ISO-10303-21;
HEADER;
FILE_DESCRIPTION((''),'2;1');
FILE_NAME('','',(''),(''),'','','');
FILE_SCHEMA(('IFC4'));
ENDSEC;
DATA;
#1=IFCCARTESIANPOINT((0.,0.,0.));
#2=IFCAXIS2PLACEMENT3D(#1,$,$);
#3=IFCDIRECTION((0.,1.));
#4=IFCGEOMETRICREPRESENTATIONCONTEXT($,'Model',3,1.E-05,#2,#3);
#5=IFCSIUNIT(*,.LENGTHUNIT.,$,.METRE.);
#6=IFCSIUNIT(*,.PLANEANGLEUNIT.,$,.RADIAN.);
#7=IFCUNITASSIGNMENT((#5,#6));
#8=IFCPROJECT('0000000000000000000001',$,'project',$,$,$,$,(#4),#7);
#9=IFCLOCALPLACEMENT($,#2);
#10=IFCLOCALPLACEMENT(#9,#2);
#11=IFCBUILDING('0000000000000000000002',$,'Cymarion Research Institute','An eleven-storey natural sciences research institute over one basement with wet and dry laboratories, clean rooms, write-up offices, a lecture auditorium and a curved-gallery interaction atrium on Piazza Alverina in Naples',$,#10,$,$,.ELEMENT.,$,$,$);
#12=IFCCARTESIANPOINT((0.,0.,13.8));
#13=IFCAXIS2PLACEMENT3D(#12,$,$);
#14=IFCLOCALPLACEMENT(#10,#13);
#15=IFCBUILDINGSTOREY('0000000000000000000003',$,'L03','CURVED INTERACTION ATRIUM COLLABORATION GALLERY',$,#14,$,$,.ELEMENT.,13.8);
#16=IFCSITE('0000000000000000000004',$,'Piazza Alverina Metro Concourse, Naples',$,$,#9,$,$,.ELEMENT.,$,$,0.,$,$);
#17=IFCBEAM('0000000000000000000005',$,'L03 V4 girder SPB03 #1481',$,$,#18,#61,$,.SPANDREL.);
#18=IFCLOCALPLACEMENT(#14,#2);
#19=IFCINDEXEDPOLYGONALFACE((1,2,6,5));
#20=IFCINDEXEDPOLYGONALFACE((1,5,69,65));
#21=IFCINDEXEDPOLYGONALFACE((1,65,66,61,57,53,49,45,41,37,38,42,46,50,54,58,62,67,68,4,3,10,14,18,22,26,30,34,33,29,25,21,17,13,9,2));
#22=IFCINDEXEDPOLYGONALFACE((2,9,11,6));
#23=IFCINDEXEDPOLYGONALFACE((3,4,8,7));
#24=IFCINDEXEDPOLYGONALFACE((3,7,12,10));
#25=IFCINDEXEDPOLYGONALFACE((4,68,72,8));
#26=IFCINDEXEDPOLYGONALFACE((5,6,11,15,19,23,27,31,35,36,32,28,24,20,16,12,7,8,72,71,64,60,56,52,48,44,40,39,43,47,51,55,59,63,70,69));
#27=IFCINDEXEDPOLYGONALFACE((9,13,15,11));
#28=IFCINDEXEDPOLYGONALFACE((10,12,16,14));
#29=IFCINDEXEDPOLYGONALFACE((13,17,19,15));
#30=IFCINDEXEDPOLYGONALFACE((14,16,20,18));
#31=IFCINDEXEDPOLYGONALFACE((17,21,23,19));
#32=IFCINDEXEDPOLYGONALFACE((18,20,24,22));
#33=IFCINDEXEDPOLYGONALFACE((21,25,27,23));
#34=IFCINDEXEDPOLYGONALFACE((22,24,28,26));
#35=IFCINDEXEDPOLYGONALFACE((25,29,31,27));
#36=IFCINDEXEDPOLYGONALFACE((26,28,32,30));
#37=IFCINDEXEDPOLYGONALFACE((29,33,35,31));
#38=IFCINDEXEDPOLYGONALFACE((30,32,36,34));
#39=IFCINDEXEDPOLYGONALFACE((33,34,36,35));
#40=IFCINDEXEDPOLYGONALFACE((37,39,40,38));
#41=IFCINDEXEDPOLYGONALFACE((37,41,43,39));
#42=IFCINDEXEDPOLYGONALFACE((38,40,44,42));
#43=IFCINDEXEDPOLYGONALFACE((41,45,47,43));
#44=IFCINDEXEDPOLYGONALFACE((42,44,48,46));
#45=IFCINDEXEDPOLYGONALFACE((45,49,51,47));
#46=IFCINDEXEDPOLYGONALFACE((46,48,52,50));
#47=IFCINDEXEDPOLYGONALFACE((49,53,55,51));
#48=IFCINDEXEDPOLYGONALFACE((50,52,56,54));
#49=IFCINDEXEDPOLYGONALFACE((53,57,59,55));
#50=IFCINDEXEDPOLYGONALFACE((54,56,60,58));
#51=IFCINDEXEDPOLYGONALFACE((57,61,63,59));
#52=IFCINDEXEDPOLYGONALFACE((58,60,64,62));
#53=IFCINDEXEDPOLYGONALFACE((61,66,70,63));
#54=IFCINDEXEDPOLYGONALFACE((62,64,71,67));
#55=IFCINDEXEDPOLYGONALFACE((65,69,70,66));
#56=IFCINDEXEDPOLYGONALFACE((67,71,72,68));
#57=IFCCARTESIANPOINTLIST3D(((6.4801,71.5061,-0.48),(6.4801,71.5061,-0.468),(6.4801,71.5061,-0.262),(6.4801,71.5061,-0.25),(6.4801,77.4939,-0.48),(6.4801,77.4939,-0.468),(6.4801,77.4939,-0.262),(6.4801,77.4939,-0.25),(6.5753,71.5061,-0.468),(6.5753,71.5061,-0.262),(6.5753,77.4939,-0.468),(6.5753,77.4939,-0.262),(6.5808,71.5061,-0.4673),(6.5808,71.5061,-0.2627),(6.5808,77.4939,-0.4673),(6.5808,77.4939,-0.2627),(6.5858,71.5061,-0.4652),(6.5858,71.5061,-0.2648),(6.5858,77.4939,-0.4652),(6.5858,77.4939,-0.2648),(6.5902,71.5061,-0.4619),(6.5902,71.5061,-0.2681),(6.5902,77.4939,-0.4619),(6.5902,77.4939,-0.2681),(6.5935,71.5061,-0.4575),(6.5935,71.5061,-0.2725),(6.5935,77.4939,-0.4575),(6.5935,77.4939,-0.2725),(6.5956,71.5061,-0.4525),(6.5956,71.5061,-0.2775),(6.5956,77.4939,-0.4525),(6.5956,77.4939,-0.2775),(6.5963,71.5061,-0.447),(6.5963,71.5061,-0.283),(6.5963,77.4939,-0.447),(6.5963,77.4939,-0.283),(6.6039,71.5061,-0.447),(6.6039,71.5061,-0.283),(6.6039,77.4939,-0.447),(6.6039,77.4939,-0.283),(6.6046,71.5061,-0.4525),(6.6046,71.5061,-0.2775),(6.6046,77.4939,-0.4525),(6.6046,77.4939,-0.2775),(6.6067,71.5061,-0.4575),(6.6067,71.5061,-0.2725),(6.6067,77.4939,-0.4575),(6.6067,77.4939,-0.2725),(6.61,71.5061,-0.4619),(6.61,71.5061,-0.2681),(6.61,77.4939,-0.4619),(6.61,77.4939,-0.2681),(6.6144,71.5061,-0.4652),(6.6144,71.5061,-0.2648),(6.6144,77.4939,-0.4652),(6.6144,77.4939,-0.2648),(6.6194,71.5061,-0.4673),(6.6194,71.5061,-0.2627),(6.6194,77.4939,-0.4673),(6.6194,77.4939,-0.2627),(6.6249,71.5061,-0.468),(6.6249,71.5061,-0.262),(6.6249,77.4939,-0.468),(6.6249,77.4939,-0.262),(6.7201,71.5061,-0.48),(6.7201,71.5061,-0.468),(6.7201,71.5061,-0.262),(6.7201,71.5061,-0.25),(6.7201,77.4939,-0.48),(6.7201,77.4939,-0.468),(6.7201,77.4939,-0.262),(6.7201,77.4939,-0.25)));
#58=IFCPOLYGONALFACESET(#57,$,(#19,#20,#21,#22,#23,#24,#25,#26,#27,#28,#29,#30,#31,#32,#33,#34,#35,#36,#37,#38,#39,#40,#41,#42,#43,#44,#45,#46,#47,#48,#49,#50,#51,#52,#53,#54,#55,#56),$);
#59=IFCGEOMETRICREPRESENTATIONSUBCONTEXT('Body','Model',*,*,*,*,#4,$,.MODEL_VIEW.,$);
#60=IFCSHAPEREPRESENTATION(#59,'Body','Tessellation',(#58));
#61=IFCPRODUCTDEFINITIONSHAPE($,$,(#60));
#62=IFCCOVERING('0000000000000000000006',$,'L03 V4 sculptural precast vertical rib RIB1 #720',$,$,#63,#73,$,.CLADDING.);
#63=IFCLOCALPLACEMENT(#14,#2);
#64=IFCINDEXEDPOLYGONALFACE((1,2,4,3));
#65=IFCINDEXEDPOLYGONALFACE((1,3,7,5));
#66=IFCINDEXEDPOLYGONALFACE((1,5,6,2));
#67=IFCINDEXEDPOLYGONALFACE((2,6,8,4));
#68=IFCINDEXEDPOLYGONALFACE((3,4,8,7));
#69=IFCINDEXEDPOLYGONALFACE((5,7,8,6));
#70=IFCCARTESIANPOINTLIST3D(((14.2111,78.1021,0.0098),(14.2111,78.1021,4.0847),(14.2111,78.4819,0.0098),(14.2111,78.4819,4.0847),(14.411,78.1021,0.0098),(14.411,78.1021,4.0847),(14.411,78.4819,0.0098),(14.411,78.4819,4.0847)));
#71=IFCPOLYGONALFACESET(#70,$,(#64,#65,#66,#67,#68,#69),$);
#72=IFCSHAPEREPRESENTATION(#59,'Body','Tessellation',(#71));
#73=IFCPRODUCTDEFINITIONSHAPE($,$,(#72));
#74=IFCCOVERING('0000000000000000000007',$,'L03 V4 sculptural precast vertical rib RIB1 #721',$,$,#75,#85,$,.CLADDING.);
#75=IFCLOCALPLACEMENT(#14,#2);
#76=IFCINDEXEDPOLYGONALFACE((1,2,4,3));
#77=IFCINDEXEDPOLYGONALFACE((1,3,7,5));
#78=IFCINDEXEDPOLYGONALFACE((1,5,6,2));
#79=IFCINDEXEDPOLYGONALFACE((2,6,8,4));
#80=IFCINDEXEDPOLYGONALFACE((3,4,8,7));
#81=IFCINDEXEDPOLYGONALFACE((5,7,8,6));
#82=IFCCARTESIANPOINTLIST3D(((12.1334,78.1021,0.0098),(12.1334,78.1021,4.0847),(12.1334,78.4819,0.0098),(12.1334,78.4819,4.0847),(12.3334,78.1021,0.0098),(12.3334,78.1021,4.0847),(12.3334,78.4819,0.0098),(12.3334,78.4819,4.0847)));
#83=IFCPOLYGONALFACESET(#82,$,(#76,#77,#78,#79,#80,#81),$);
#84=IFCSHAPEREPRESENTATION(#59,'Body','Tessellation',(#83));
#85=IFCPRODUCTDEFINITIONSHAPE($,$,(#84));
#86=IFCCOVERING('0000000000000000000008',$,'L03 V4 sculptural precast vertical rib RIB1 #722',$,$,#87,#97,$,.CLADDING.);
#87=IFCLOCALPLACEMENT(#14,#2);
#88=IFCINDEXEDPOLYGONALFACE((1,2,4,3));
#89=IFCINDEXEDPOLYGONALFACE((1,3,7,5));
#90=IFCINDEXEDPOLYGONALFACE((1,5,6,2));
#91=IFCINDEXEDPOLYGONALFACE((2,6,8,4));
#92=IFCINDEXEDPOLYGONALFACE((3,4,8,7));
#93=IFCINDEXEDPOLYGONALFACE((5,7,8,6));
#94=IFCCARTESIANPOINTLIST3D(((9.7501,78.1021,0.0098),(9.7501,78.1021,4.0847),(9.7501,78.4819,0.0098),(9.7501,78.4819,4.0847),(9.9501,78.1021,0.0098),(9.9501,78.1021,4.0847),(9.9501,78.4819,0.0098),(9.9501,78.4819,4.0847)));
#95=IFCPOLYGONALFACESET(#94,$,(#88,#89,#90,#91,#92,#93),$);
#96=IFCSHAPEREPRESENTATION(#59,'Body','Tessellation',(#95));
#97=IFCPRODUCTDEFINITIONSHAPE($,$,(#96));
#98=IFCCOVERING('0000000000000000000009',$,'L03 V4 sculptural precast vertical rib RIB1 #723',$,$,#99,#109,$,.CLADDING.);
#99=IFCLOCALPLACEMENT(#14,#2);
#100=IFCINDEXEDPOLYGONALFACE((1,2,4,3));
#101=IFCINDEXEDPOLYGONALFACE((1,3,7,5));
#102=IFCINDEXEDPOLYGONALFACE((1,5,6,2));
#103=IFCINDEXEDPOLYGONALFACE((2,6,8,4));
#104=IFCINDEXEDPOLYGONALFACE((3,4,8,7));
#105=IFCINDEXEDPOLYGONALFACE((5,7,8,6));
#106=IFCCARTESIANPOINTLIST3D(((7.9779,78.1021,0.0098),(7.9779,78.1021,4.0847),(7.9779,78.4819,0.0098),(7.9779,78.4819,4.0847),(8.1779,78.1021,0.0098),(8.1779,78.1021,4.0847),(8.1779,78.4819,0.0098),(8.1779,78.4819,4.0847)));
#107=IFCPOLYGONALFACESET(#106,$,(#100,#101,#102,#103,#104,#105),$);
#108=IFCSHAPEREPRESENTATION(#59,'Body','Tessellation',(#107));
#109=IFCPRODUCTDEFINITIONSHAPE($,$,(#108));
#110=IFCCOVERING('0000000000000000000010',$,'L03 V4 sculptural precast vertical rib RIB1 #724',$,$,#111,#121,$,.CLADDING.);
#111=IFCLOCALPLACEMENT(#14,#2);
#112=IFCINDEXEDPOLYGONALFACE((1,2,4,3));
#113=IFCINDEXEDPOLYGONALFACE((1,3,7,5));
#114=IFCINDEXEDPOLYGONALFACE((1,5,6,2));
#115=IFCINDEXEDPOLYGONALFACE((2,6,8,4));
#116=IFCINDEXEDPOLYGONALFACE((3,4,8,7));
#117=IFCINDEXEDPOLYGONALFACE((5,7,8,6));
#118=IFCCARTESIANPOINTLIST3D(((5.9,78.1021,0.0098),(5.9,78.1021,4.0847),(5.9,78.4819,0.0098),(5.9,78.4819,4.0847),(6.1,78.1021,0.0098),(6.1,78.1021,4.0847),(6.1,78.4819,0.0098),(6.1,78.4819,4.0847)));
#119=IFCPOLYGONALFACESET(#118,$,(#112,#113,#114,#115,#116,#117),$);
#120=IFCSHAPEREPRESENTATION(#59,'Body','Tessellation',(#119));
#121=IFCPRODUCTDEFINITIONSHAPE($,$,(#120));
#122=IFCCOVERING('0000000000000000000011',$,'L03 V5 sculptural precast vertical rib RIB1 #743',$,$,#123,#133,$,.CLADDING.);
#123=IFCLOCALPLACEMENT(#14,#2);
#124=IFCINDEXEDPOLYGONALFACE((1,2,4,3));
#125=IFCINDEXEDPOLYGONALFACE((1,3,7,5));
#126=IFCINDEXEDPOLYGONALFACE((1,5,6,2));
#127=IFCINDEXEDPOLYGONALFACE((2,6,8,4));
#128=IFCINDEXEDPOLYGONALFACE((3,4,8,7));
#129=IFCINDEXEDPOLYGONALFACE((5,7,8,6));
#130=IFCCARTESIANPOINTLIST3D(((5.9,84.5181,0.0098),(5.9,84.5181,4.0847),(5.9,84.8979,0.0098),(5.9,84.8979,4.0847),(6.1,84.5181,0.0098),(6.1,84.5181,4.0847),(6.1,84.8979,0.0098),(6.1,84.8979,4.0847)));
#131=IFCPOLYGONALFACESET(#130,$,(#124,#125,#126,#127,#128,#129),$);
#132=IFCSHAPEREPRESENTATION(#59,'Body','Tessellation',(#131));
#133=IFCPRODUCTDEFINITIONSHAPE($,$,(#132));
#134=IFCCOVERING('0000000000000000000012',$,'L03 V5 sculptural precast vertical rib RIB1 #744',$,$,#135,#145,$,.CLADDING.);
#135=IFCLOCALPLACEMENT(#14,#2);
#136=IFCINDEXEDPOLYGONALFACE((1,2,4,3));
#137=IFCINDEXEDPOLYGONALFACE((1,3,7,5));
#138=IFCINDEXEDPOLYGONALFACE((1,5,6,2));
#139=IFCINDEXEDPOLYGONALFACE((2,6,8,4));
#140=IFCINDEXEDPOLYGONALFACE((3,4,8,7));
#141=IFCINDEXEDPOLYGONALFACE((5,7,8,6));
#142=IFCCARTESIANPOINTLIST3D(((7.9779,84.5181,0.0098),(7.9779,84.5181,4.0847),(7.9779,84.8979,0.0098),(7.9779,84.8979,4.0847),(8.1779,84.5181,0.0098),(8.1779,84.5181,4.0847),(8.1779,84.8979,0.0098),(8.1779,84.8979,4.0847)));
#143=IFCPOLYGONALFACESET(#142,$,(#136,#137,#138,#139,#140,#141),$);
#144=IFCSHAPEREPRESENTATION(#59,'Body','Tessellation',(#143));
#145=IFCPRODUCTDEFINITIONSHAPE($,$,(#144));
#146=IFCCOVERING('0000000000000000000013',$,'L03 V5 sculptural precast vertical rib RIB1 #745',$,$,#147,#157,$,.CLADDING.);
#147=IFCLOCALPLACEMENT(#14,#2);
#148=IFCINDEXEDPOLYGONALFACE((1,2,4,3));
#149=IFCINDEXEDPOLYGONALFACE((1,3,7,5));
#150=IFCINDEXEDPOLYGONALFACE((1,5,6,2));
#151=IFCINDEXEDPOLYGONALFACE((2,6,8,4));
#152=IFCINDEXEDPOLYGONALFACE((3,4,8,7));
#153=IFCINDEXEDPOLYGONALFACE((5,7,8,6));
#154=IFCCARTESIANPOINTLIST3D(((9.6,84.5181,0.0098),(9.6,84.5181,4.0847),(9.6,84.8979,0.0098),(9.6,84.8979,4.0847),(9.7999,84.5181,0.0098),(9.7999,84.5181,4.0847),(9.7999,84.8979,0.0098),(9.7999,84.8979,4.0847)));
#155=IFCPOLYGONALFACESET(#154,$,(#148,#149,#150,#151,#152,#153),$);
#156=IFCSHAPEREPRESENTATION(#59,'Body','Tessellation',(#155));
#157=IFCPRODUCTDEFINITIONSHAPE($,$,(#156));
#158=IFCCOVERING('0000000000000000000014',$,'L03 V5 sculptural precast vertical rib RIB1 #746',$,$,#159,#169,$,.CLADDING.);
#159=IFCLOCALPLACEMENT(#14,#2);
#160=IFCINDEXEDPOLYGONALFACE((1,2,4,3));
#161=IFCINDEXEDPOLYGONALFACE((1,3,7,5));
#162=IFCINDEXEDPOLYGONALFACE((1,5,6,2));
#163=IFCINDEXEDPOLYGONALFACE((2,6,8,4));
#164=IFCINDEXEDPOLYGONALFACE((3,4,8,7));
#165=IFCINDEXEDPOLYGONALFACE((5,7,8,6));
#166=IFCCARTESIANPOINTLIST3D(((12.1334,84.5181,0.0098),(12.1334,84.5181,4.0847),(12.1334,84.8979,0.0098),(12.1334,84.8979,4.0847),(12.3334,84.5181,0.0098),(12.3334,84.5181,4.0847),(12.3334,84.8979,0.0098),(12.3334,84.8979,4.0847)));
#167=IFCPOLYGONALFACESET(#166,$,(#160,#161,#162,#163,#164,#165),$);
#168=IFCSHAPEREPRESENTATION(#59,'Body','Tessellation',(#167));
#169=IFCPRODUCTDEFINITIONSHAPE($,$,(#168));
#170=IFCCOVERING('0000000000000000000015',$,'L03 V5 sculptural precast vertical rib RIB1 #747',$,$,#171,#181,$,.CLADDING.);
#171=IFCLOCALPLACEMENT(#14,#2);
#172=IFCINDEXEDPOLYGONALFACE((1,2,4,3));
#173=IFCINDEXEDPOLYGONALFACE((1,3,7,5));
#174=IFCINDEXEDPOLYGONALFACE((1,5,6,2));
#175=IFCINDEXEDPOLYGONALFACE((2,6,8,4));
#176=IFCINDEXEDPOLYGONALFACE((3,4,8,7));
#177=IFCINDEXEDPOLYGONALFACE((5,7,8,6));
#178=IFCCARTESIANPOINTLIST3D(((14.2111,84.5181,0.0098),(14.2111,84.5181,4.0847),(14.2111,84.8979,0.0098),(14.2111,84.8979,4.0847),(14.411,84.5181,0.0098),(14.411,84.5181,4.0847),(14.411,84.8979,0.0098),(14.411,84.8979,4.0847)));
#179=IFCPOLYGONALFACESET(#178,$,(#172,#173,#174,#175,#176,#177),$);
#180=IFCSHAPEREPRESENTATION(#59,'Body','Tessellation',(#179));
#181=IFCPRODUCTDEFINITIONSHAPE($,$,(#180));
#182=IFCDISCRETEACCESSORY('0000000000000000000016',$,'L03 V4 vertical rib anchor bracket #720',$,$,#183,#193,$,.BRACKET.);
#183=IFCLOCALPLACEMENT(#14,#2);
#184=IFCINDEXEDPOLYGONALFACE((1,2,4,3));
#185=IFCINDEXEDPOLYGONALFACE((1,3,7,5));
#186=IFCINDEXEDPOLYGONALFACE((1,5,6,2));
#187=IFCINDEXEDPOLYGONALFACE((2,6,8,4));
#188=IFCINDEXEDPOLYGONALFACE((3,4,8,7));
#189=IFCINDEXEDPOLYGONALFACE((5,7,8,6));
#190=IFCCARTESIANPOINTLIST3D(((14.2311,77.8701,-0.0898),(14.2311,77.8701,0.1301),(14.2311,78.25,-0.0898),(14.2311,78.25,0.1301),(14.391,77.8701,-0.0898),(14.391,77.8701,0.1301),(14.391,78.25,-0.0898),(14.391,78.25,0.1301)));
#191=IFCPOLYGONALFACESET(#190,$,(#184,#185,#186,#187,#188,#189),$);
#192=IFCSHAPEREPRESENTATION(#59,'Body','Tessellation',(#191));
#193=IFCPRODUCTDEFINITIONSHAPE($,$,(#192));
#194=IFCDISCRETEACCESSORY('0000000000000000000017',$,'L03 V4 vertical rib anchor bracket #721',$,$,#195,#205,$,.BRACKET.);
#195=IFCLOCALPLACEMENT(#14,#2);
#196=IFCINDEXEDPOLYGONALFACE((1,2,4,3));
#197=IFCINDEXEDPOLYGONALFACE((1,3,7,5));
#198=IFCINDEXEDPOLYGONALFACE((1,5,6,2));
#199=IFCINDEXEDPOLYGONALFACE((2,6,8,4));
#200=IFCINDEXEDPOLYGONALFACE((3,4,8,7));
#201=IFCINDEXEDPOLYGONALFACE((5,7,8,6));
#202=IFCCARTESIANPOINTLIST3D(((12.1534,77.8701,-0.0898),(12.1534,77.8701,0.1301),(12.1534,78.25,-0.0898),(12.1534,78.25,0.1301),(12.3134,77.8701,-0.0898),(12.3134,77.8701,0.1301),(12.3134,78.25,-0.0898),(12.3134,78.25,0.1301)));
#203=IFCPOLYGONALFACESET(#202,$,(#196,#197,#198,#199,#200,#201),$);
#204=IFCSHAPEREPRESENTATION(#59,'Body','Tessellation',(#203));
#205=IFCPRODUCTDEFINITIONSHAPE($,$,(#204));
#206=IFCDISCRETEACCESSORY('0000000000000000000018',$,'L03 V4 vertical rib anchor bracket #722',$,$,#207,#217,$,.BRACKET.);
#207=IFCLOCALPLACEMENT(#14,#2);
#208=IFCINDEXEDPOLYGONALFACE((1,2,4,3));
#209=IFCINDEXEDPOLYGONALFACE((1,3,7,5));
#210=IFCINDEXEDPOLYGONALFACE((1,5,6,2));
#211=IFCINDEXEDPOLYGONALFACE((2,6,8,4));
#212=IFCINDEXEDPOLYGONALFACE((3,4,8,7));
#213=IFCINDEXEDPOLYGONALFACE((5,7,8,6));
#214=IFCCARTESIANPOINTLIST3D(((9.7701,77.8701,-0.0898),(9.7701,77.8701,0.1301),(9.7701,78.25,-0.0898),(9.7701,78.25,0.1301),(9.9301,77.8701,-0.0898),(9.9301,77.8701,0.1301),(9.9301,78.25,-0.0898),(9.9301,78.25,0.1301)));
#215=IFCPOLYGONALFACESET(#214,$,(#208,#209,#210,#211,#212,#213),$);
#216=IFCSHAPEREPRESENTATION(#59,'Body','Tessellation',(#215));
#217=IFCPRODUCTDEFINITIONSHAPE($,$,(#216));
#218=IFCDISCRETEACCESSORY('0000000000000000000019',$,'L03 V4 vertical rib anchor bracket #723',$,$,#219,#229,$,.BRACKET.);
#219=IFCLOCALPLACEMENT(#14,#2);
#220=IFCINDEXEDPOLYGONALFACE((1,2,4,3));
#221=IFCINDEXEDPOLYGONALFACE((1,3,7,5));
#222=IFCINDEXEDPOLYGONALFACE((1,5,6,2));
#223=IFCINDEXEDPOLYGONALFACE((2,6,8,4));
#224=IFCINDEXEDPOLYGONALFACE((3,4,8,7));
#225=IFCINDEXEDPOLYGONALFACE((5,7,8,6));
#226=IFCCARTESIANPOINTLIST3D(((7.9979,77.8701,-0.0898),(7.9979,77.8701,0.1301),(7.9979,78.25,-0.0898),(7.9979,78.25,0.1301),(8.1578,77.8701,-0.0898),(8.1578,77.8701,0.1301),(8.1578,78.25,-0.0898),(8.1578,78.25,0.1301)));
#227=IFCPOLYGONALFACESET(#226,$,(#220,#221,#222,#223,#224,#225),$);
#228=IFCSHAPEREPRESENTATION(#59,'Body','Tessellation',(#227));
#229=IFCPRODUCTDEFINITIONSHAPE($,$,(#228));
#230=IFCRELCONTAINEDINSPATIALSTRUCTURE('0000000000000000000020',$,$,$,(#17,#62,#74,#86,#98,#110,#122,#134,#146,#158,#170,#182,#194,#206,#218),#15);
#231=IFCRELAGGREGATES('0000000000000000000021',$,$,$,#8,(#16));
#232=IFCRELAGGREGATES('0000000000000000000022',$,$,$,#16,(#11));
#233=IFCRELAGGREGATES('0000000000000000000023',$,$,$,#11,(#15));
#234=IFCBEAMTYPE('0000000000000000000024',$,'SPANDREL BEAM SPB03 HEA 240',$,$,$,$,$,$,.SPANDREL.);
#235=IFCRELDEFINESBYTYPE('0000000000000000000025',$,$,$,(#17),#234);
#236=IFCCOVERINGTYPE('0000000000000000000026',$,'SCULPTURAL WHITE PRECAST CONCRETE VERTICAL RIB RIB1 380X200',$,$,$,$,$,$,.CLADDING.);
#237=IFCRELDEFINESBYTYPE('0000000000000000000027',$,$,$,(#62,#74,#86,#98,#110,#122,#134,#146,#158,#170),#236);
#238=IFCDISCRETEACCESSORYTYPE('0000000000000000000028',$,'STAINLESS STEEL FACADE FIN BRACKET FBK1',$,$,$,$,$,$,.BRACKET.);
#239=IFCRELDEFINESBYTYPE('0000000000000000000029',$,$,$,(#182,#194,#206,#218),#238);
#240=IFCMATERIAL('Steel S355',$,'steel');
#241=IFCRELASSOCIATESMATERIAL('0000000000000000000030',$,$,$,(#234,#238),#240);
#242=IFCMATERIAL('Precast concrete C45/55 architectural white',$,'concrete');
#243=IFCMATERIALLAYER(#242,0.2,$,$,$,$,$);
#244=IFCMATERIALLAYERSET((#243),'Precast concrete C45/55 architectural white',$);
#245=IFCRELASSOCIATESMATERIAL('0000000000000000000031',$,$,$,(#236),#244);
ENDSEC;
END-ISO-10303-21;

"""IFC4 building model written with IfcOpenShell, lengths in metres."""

from ifc_helpers import new_model, si_unit, direction, frame, origin, origin_2d, place, context, subcontext, project, spatial, rectangle, i_section, extrude, material, layer, layer_set, material_profile, profile_set, type_object, element, save


model = new_model("IFC4")

# Units and contexts
model_context = context("Model", 3, precision=1e-05, world=origin(), true_north=direction((0.0, 1.0)))
body_context = subcontext(model_context, "Body", "Model", "MODEL_VIEW")
ifc_project = project(units=[si_unit("LENGTHUNIT", "METRE"), si_unit("PLANEANGLEUNIT", "RADIAN")], contexts=[model_context])

# Site, building, storey
site_placement = place(None, origin())
site = spatial("IfcSite", under=ifc_project, at=site_placement, Name="Piazza Alverina Metro Concourse, Naples", CompositionType="ELEMENT", RefElevation=0.0)
building_placement = place(site_placement, origin())
building = spatial("IfcBuilding", under=site, at=building_placement, Name="Cymarion Research Institute", Description="An eleven-storey natural sciences research institute over one basement with wet and dry laboratories, clean rooms, write-up offices, a lecture auditorium and a curved-gallery interaction atrium on Piazza Alverina in Naples", CompositionType="ELEMENT")
storey_placement = place(building_placement, frame((0.0, 0.0, 13.8)))
storey = spatial("IfcBuildingStorey", under=building, at=storey_placement, Name="L03", Description="CURVED INTERACTION ATRIUM COLLABORATION GALLERY", CompositionType="ELEMENT", Elevation=13.8)

# Shared definitions
ifc_material_1 = material(Name="Steel S355", Category="steel")

# Beam
ifc_material_profile_1 = material_profile(ifc_material_1, i_section(OverallWidth=0.24, OverallDepth=0.23, WebThickness=0.0076, FlangeThickness=0.012, FilletRadius=0.021, at=origin_2d()), Name="HEA 240")
ifc_profile_set_1 = profile_set([ifc_material_profile_1], Name="Steel S355")
beam_type_1 = type_object("IfcBeamType", Name="SPANDREL BEAM SPB03 HEA 240", PredefinedType="SPANDREL", material=ifc_profile_set_1)
beam_1_placement = place(storey_placement, frame((6.6001, 71.5061, -0.365), z_axis=(0.0, 1.0, 0.0), x_axis=(-1.0, 0.0, 0.0)))
element("IfcBeam", 1, at=beam_1_placement, inside=storey, type_object=beam_type_1, Name="L03 V4 girder SPB03 #1481", PredefinedType="SPANDREL", context=body_context, shape_type="SweptSolid", body=[
    extrude(i_section(OverallWidth=0.24, OverallDepth=0.23, WebThickness=0.0076, FlangeThickness=0.012, FilletRadius=0.021, at=origin_2d()), origin(), (0.0, 0.0, 1.0), 5.9878),
])

# Coverings
ifc_material_2 = material(Name="Precast concrete C45/55 architectural white", Category="concrete")
ifc_layer = layer(ifc_material_2, 0.2)
ifc_layer_set = layer_set([ifc_layer], Name="Precast concrete C45/55 architectural white")
covering_type = type_object("IfcCoveringType", Name="SCULPTURAL WHITE PRECAST CONCRETE VERTICAL RIB RIB1 380X200", PredefinedType="CLADDING", material=ifc_layer_set)
for number, where, z_axis, x_axis, name in (
    (2, (14.311, 78.292, 0.0098), (0.0, 0.0, 1.0), (0.0, 1.0, 0.0), "L03 V4 sculptural precast vertical rib RIB1 #720"),
    (3, (12.2334, 78.292, 0.0098), (0.0, 0.0, 1.0), (0.0, 1.0, 0.0), "L03 V4 sculptural precast vertical rib RIB1 #721"),
    (4, (9.8501, 78.292, 0.0098), (0.0, 0.0, 1.0), (0.0, 1.0, 0.0), "L03 V4 sculptural precast vertical rib RIB1 #722"),
    (5, (8.0779, 78.292, 0.0098), (0.0, 0.0, 1.0), (0.0, 1.0, 0.0), "L03 V4 sculptural precast vertical rib RIB1 #723"),
    (6, (6.0, 78.292, 0.0098), (0.0, 0.0, 1.0), (0.0, 1.0, 0.0), "L03 V4 sculptural precast vertical rib RIB1 #724"),
    (7, (6.0, 84.708, 0.0098), (0.0, 0.0, 1.0), (0.0, -1.0, 0.0), "L03 V5 sculptural precast vertical rib RIB1 #743"),
    (8, (8.0779, 84.708, 0.0098), (0.0, 0.0, 1.0), (0.0, -1.0, 0.0), "L03 V5 sculptural precast vertical rib RIB1 #744"),
    (9, (9.7, 84.708, 0.0098), (0.0, 0.0, 1.0), (0.0, -1.0, 0.0), "L03 V5 sculptural precast vertical rib RIB1 #745"),
    (10, (12.2334, 84.708, 0.0098), (0.0, 0.0, 1.0), (0.0, -1.0, 0.0), "L03 V5 sculptural precast vertical rib RIB1 #746"),
    (11, (14.311, 84.708, 0.0098), (0.0, 0.0, 1.0), (0.0, -1.0, 0.0), "L03 V5 sculptural precast vertical rib RIB1 #747"),
):
    element("IfcCovering", number, at=place(storey_placement, frame(where, z_axis=z_axis, x_axis=x_axis)), inside=storey, type_object=covering_type, Name=name, PredefinedType="CLADDING", context=body_context, shape_type="SweptSolid", body=[
        extrude(rectangle(XDim=0.3799, YDim=0.2, at=origin_2d()), origin(), (0.0, 0.0, 1.0), 4.075),
    ])

# Discrete accessories
discrete_accessory_type = type_object("IfcDiscreteAccessoryType", Name="STAINLESS STEEL FACADE FIN BRACKET FBK1", PredefinedType="BRACKET", material=ifc_material_1)
for number, where, z_axis, x_axis, name in (
    (12, (14.311, 78.0601, -0.0898), (0.0, 0.0, 1.0), (0.0, 1.0, 0.0), "L03 V4 vertical rib anchor bracket #720"),
    (13, (12.2334, 78.0601, -0.0898), (0.0, 0.0, 1.0), (0.0, 1.0, 0.0), "L03 V4 vertical rib anchor bracket #721"),
    (14, (9.8501, 78.0601, -0.0898), (0.0, 0.0, 1.0), (0.0, 1.0, 0.0), "L03 V4 vertical rib anchor bracket #722"),
    (15, (8.0779, 78.0601, -0.0898), (0.0, 0.0, 1.0), (0.0, 1.0, 0.0), "L03 V4 vertical rib anchor bracket #723"),
):
    element("IfcDiscreteAccessory", number, at=place(storey_placement, frame(where, z_axis=z_axis, x_axis=x_axis)), inside=storey, type_object=discrete_accessory_type, Name=name, PredefinedType="BRACKET", context=body_context, shape_type="SweptSolid", body=[
        extrude(rectangle(XDim=0.3799, YDim=0.1599, at=origin_2d()), origin(), (0.0, 0.0, 1.0), 0.22),
    ])

save(model, "model.ifc")
